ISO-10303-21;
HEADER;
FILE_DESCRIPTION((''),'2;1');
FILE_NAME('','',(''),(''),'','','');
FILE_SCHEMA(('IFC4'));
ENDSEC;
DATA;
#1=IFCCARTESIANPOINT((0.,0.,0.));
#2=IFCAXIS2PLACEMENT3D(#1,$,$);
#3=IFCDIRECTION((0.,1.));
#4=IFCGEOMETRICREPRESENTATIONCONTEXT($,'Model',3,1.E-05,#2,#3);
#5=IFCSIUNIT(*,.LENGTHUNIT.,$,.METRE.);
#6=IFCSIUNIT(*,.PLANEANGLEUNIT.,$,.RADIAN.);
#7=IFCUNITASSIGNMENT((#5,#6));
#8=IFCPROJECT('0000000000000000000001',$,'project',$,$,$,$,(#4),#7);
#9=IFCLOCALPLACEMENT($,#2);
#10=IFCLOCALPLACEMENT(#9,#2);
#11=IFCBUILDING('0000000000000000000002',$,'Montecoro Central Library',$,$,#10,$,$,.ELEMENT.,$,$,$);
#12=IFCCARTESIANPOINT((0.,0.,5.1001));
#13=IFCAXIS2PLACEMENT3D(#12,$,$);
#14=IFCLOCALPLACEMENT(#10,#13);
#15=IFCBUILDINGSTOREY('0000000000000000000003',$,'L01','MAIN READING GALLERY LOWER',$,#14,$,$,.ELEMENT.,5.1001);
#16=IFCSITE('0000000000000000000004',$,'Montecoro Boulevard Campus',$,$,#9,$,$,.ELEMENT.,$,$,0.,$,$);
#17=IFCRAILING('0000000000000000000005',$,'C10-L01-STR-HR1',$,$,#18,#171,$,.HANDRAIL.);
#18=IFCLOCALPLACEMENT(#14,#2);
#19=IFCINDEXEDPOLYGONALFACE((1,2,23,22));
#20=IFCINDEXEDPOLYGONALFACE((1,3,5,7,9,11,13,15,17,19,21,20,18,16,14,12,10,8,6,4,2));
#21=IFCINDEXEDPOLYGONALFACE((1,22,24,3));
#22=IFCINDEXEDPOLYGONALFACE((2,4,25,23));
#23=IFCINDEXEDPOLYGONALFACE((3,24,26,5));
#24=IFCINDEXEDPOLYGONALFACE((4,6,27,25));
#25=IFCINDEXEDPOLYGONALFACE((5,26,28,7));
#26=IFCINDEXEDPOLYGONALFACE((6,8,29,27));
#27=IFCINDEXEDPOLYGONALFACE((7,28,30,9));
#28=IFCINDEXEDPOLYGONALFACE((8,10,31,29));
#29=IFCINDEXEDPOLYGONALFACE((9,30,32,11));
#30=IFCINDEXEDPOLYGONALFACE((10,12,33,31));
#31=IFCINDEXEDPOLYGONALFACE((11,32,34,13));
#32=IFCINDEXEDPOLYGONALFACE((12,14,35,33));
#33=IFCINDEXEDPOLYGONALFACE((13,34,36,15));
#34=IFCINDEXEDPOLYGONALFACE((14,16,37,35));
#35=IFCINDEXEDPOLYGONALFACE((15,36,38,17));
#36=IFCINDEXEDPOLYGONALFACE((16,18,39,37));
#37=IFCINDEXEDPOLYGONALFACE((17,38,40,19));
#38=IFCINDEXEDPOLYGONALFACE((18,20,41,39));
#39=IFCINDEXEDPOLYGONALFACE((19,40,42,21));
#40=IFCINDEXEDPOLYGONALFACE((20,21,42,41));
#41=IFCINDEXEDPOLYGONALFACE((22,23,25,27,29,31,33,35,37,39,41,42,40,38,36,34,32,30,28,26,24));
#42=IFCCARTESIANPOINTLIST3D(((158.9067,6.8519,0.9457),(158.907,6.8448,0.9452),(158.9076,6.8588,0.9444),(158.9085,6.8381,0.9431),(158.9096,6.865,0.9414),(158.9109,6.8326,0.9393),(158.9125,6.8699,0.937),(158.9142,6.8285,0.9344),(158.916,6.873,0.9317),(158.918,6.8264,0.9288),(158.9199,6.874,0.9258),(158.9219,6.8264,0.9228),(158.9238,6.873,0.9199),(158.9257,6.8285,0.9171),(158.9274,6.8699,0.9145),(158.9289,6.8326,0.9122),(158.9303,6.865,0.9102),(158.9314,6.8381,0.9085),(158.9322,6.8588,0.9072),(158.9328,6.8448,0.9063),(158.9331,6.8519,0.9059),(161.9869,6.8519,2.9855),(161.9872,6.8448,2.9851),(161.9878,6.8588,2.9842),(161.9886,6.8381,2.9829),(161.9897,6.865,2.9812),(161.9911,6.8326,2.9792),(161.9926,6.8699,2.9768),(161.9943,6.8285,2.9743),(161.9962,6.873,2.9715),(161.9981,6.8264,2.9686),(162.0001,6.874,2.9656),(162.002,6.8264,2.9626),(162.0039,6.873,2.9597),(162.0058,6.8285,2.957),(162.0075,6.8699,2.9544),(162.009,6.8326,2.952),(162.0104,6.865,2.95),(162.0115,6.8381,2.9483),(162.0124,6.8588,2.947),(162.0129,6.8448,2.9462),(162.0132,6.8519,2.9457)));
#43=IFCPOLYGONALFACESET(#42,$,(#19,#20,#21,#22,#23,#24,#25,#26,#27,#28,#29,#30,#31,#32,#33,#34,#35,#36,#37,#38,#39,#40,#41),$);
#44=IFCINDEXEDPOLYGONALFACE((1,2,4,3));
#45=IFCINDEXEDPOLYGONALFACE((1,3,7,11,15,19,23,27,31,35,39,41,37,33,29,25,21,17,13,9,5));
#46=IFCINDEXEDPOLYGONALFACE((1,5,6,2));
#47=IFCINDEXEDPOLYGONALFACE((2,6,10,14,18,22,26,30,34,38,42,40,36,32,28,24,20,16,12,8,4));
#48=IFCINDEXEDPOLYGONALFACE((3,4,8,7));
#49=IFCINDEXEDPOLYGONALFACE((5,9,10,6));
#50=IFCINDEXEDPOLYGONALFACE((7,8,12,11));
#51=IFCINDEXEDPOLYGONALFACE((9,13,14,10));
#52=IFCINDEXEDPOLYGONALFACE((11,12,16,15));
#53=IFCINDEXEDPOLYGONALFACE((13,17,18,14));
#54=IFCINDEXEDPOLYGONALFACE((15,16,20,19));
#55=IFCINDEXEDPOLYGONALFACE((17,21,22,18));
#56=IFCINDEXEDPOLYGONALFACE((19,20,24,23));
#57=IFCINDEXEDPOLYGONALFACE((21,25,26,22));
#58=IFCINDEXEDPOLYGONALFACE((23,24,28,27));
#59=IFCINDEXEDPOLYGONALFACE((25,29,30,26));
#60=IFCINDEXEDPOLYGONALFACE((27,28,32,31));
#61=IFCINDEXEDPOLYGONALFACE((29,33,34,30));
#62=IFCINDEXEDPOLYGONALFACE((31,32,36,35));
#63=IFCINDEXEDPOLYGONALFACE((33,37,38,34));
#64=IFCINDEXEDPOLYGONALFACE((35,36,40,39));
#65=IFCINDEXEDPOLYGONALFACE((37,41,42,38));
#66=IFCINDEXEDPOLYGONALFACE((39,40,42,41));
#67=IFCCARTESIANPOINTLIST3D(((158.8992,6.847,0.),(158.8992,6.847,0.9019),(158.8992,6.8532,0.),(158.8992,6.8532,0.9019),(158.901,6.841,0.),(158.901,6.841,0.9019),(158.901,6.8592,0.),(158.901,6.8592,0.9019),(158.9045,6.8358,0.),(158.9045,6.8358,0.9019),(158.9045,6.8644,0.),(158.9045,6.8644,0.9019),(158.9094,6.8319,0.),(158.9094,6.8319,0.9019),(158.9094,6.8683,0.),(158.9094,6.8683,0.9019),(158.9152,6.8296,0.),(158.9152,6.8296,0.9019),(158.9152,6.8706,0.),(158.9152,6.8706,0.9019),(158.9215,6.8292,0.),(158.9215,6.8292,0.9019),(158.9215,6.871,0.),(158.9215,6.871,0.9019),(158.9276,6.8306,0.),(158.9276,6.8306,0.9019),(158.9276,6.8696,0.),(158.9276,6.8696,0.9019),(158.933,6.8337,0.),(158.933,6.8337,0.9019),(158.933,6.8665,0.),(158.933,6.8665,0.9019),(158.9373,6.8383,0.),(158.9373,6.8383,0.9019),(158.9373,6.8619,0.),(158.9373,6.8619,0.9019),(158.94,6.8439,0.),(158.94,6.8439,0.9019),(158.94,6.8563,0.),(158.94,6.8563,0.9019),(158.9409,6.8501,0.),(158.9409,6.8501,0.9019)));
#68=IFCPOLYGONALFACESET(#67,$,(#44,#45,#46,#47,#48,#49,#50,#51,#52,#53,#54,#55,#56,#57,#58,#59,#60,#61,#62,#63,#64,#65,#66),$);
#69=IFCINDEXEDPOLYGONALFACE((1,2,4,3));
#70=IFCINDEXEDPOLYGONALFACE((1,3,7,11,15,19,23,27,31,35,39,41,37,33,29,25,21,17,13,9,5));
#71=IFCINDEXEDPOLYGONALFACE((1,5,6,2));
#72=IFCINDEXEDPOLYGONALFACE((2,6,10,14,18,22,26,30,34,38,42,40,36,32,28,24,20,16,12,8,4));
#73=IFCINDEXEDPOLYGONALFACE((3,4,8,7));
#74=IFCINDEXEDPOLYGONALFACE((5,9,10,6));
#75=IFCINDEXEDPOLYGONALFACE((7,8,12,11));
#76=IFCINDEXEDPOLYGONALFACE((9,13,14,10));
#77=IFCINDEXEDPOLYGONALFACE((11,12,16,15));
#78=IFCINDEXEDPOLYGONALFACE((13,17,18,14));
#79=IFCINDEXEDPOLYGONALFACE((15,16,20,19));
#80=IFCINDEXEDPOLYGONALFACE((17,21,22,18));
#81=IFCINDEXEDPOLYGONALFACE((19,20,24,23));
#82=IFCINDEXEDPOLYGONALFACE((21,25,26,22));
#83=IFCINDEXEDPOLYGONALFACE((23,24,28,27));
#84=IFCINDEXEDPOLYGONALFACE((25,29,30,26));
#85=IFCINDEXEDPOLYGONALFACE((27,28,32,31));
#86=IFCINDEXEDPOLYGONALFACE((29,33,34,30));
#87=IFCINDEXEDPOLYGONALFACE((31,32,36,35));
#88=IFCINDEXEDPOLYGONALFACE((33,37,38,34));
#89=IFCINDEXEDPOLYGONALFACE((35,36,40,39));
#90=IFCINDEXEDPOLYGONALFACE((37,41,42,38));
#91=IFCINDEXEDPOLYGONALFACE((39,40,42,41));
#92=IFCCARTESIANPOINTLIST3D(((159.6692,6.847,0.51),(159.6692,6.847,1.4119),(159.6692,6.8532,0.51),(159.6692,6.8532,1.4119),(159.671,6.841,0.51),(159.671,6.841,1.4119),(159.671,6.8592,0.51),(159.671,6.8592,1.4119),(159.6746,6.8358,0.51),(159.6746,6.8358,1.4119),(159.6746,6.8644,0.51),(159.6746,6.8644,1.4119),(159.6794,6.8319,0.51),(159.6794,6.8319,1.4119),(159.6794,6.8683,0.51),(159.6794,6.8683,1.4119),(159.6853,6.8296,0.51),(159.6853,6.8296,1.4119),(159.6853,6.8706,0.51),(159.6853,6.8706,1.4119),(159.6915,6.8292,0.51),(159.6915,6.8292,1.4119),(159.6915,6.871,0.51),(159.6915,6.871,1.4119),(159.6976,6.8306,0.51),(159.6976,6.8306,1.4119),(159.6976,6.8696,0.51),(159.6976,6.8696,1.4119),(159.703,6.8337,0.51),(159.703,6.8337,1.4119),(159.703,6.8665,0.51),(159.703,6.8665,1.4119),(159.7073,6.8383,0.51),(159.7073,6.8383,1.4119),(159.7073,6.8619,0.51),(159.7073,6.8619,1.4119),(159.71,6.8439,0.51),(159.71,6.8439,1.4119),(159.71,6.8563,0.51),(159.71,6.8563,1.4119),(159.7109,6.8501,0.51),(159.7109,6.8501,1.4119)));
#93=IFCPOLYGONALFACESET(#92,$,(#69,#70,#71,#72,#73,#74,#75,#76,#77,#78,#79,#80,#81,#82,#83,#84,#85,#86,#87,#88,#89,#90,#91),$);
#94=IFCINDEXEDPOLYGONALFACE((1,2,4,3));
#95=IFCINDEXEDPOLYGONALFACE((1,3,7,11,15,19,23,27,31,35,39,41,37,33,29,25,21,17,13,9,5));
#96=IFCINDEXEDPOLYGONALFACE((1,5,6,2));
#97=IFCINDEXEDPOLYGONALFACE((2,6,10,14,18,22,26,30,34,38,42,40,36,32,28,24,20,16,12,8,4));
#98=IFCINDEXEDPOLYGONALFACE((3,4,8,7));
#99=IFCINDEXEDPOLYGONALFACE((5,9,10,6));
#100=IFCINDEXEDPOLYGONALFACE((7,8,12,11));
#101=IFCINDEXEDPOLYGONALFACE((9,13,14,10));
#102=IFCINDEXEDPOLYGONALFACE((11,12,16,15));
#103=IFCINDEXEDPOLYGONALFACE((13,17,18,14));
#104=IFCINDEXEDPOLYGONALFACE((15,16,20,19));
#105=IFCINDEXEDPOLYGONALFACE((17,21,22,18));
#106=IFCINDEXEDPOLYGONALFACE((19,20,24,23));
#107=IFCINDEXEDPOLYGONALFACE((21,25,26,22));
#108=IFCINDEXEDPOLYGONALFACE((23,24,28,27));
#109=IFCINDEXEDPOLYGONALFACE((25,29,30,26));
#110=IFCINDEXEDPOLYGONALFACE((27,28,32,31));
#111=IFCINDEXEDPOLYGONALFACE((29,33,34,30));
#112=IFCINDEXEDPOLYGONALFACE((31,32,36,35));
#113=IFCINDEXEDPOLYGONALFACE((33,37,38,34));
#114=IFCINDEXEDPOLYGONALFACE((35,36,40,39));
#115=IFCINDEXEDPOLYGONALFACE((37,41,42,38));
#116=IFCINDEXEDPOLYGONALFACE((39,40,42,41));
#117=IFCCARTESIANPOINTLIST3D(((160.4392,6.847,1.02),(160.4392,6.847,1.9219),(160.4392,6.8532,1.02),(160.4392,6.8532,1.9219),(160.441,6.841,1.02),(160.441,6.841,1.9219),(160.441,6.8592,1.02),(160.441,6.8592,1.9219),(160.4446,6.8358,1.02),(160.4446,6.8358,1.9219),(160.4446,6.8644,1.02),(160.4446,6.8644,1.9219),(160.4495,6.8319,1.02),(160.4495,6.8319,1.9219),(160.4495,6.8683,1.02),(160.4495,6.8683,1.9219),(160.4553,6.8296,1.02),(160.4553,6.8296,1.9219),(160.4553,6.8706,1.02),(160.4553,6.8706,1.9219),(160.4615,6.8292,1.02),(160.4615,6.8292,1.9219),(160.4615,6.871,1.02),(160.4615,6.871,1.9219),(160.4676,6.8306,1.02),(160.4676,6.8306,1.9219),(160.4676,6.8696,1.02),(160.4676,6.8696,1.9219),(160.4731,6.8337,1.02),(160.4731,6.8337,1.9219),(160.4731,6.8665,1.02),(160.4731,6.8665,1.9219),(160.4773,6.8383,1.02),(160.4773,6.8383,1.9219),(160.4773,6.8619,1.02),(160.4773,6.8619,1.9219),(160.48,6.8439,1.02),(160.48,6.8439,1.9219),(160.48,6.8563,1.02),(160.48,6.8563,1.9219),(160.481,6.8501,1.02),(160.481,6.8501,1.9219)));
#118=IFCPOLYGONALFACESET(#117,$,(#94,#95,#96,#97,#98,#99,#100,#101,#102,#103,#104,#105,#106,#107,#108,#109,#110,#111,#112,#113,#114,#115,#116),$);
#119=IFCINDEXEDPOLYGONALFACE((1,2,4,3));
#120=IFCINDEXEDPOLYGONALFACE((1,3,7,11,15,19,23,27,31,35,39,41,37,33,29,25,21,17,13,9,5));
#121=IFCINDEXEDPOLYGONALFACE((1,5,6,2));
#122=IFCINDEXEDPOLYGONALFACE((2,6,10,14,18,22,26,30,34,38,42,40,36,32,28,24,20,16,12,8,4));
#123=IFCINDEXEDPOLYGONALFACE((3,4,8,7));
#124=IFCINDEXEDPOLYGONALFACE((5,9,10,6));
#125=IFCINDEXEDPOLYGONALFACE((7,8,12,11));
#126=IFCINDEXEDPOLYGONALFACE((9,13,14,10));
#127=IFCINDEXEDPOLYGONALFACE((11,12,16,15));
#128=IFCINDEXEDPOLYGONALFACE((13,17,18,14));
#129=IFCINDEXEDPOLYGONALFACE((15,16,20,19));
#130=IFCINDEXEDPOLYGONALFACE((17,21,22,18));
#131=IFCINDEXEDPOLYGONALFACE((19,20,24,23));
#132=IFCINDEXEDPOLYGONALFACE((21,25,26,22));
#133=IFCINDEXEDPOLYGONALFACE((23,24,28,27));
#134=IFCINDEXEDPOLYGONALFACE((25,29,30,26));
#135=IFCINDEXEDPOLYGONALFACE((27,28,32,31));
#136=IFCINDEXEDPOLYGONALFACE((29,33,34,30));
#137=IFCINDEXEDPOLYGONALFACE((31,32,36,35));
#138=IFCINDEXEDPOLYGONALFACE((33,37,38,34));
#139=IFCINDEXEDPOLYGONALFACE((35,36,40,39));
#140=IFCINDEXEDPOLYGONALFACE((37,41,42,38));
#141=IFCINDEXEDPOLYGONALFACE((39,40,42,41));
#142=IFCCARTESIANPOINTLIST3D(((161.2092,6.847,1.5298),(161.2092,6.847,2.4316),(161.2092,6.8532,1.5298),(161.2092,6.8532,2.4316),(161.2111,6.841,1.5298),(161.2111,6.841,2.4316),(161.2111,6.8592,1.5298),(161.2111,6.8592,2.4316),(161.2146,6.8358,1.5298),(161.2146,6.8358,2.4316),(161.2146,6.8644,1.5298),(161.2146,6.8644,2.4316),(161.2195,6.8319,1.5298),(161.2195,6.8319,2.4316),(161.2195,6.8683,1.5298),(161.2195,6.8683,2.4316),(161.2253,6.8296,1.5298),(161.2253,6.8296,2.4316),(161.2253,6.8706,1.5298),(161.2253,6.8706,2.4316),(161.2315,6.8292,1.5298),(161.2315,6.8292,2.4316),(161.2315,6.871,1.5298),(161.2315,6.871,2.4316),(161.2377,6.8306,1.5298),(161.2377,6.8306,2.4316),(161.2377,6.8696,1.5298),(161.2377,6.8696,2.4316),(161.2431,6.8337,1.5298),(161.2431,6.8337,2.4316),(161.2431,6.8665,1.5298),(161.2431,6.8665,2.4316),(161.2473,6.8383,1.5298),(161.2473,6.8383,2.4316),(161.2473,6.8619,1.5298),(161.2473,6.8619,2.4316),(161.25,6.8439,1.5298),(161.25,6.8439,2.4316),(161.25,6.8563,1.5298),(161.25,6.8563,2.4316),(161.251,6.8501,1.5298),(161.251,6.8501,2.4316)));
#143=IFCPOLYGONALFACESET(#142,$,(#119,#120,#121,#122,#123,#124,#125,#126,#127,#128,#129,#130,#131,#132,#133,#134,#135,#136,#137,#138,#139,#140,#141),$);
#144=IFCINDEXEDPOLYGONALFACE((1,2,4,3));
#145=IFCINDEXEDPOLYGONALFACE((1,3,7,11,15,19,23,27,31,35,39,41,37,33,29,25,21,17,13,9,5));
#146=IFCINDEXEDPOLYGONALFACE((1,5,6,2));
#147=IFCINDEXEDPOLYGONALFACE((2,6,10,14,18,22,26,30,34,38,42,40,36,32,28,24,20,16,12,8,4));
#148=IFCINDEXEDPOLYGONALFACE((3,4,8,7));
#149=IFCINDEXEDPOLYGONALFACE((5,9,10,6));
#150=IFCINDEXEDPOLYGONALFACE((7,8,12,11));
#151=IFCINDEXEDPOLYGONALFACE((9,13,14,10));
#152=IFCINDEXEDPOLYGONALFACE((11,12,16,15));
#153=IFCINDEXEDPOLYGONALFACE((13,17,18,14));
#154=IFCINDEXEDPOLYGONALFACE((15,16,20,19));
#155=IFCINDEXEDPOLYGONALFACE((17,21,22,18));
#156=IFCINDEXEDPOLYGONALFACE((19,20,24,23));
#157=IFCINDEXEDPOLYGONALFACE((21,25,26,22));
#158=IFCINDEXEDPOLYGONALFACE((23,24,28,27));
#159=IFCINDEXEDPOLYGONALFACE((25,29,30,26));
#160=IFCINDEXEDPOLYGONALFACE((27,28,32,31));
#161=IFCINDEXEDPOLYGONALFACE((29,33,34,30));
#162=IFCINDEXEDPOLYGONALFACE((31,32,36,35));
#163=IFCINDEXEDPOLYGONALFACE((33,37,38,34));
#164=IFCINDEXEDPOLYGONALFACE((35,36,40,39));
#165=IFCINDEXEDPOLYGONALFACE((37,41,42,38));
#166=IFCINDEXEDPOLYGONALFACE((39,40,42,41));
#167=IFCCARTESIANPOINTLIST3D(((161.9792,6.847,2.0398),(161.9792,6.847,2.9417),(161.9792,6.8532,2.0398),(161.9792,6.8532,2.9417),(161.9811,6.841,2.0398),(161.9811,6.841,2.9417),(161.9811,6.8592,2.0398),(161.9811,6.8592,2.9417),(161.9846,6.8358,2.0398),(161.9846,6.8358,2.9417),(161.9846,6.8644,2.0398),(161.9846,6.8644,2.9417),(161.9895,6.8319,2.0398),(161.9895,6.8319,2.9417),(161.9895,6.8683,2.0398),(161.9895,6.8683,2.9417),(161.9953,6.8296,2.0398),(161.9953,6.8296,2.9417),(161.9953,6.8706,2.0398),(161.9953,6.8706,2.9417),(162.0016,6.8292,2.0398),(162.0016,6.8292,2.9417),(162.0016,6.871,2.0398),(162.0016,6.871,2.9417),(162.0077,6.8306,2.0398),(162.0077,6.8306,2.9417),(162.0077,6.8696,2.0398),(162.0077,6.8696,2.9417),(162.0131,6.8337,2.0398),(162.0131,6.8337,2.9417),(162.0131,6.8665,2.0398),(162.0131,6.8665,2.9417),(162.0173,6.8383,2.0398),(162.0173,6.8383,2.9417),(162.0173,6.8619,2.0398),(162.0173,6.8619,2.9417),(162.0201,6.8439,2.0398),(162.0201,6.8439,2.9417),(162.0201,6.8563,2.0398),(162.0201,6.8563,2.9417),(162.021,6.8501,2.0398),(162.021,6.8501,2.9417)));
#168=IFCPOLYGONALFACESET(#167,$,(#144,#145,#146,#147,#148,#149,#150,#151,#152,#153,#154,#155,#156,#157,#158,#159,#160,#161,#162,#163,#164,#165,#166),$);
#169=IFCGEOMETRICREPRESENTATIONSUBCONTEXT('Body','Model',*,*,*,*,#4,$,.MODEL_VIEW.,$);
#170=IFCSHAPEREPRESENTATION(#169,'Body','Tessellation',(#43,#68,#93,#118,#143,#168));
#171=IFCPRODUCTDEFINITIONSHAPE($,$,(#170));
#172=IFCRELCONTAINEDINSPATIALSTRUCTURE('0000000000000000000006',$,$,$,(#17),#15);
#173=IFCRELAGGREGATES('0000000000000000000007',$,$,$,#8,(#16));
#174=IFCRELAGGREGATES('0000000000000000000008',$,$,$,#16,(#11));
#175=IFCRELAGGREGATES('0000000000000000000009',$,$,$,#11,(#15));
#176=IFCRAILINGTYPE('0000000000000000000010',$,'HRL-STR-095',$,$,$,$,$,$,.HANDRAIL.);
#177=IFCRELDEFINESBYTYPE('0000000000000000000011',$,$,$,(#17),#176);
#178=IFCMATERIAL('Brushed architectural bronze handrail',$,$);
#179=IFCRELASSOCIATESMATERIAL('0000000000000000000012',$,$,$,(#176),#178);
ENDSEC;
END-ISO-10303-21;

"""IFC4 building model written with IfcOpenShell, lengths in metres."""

from ifc_helpers import new_model, si_unit, direction, frame, origin, origin_2d, place, context, subcontext, project, spatial, circle, extrude, material, type_object, element, save


model = new_model("IFC4")

# Units and contexts
model_context = context("Model", 3, precision=1e-05, world=origin(), true_north=direction((0.0, 1.0)))
body_context = subcontext(model_context, "Body", "Model", "MODEL_VIEW")
ifc_project = project(units=[si_unit("LENGTHUNIT", "METRE"), si_unit("PLANEANGLEUNIT", "RADIAN")], contexts=[model_context])

# Site, building, storey
site_placement = place(None, origin())
site = spatial("IfcSite", under=ifc_project, at=site_placement, Name="Montecoro Boulevard Campus", CompositionType="ELEMENT", RefElevation=0.0)
building_placement = place(site_placement, origin())
building = spatial("IfcBuilding", under=site, at=building_placement, Name="Montecoro Central Library", CompositionType="ELEMENT")
storey_placement = place(building_placement, frame((0.0, 0.0, 5.1001)))
storey = spatial("IfcBuildingStorey", under=building, at=storey_placement, Name="L01", Description="MAIN READING GALLERY LOWER", CompositionType="ELEMENT", Elevation=5.1001)

# Railing
ifc_material_1 = material(Name="Brushed architectural bronze handrail")
railing_type_1 = type_object("IfcRailingType", Name="HRL-STR-095", PredefinedType="HANDRAIL", material=ifc_material_1)
railing_1_placement = place(storey_placement, frame((158.9199, 6.8501, 0.0)))
element("IfcRailing", 1, at=railing_1_placement, inside=storey, type_object=railing_type_1, Name="C10-L01-STR-HR1", PredefinedType="HANDRAIL", context=body_context, shape_type="SweptSolid", body=[
    extrude(circle(Radius=0.0239, at=origin_2d()), frame((0.0, 0.0, 0.9258), z_axis=(0.833744, 0.0, 0.552151), x_axis=(0.0, 1.0, 0.0)), (0.0, 0.0, 1.0), 3.6943),
    extrude(circle(Radius=0.021, at=origin_2d()), origin(), (0.0, 0.0, 1.0), 0.9019),
    extrude(circle(Radius=0.021, at=origin_2d()), frame((0.77, 0.0, 0.51)), (0.0, 0.0, 1.0), 0.9019),
    extrude(circle(Radius=0.021, at=origin_2d()), frame((1.54, 0.0, 1.02)), (0.0, 0.0, 1.0), 0.9019),
    extrude(circle(Radius=0.021, at=origin_2d()), frame((2.3101, 0.0, 1.5298)), (0.0, 0.0, 1.0), 0.9019),
    extrude(circle(Radius=0.021, at=origin_2d()), frame((3.0801, 0.0, 2.0398)), (0.0, 0.0, 1.0), 0.9019),
])

save(model, "model.ifc")
